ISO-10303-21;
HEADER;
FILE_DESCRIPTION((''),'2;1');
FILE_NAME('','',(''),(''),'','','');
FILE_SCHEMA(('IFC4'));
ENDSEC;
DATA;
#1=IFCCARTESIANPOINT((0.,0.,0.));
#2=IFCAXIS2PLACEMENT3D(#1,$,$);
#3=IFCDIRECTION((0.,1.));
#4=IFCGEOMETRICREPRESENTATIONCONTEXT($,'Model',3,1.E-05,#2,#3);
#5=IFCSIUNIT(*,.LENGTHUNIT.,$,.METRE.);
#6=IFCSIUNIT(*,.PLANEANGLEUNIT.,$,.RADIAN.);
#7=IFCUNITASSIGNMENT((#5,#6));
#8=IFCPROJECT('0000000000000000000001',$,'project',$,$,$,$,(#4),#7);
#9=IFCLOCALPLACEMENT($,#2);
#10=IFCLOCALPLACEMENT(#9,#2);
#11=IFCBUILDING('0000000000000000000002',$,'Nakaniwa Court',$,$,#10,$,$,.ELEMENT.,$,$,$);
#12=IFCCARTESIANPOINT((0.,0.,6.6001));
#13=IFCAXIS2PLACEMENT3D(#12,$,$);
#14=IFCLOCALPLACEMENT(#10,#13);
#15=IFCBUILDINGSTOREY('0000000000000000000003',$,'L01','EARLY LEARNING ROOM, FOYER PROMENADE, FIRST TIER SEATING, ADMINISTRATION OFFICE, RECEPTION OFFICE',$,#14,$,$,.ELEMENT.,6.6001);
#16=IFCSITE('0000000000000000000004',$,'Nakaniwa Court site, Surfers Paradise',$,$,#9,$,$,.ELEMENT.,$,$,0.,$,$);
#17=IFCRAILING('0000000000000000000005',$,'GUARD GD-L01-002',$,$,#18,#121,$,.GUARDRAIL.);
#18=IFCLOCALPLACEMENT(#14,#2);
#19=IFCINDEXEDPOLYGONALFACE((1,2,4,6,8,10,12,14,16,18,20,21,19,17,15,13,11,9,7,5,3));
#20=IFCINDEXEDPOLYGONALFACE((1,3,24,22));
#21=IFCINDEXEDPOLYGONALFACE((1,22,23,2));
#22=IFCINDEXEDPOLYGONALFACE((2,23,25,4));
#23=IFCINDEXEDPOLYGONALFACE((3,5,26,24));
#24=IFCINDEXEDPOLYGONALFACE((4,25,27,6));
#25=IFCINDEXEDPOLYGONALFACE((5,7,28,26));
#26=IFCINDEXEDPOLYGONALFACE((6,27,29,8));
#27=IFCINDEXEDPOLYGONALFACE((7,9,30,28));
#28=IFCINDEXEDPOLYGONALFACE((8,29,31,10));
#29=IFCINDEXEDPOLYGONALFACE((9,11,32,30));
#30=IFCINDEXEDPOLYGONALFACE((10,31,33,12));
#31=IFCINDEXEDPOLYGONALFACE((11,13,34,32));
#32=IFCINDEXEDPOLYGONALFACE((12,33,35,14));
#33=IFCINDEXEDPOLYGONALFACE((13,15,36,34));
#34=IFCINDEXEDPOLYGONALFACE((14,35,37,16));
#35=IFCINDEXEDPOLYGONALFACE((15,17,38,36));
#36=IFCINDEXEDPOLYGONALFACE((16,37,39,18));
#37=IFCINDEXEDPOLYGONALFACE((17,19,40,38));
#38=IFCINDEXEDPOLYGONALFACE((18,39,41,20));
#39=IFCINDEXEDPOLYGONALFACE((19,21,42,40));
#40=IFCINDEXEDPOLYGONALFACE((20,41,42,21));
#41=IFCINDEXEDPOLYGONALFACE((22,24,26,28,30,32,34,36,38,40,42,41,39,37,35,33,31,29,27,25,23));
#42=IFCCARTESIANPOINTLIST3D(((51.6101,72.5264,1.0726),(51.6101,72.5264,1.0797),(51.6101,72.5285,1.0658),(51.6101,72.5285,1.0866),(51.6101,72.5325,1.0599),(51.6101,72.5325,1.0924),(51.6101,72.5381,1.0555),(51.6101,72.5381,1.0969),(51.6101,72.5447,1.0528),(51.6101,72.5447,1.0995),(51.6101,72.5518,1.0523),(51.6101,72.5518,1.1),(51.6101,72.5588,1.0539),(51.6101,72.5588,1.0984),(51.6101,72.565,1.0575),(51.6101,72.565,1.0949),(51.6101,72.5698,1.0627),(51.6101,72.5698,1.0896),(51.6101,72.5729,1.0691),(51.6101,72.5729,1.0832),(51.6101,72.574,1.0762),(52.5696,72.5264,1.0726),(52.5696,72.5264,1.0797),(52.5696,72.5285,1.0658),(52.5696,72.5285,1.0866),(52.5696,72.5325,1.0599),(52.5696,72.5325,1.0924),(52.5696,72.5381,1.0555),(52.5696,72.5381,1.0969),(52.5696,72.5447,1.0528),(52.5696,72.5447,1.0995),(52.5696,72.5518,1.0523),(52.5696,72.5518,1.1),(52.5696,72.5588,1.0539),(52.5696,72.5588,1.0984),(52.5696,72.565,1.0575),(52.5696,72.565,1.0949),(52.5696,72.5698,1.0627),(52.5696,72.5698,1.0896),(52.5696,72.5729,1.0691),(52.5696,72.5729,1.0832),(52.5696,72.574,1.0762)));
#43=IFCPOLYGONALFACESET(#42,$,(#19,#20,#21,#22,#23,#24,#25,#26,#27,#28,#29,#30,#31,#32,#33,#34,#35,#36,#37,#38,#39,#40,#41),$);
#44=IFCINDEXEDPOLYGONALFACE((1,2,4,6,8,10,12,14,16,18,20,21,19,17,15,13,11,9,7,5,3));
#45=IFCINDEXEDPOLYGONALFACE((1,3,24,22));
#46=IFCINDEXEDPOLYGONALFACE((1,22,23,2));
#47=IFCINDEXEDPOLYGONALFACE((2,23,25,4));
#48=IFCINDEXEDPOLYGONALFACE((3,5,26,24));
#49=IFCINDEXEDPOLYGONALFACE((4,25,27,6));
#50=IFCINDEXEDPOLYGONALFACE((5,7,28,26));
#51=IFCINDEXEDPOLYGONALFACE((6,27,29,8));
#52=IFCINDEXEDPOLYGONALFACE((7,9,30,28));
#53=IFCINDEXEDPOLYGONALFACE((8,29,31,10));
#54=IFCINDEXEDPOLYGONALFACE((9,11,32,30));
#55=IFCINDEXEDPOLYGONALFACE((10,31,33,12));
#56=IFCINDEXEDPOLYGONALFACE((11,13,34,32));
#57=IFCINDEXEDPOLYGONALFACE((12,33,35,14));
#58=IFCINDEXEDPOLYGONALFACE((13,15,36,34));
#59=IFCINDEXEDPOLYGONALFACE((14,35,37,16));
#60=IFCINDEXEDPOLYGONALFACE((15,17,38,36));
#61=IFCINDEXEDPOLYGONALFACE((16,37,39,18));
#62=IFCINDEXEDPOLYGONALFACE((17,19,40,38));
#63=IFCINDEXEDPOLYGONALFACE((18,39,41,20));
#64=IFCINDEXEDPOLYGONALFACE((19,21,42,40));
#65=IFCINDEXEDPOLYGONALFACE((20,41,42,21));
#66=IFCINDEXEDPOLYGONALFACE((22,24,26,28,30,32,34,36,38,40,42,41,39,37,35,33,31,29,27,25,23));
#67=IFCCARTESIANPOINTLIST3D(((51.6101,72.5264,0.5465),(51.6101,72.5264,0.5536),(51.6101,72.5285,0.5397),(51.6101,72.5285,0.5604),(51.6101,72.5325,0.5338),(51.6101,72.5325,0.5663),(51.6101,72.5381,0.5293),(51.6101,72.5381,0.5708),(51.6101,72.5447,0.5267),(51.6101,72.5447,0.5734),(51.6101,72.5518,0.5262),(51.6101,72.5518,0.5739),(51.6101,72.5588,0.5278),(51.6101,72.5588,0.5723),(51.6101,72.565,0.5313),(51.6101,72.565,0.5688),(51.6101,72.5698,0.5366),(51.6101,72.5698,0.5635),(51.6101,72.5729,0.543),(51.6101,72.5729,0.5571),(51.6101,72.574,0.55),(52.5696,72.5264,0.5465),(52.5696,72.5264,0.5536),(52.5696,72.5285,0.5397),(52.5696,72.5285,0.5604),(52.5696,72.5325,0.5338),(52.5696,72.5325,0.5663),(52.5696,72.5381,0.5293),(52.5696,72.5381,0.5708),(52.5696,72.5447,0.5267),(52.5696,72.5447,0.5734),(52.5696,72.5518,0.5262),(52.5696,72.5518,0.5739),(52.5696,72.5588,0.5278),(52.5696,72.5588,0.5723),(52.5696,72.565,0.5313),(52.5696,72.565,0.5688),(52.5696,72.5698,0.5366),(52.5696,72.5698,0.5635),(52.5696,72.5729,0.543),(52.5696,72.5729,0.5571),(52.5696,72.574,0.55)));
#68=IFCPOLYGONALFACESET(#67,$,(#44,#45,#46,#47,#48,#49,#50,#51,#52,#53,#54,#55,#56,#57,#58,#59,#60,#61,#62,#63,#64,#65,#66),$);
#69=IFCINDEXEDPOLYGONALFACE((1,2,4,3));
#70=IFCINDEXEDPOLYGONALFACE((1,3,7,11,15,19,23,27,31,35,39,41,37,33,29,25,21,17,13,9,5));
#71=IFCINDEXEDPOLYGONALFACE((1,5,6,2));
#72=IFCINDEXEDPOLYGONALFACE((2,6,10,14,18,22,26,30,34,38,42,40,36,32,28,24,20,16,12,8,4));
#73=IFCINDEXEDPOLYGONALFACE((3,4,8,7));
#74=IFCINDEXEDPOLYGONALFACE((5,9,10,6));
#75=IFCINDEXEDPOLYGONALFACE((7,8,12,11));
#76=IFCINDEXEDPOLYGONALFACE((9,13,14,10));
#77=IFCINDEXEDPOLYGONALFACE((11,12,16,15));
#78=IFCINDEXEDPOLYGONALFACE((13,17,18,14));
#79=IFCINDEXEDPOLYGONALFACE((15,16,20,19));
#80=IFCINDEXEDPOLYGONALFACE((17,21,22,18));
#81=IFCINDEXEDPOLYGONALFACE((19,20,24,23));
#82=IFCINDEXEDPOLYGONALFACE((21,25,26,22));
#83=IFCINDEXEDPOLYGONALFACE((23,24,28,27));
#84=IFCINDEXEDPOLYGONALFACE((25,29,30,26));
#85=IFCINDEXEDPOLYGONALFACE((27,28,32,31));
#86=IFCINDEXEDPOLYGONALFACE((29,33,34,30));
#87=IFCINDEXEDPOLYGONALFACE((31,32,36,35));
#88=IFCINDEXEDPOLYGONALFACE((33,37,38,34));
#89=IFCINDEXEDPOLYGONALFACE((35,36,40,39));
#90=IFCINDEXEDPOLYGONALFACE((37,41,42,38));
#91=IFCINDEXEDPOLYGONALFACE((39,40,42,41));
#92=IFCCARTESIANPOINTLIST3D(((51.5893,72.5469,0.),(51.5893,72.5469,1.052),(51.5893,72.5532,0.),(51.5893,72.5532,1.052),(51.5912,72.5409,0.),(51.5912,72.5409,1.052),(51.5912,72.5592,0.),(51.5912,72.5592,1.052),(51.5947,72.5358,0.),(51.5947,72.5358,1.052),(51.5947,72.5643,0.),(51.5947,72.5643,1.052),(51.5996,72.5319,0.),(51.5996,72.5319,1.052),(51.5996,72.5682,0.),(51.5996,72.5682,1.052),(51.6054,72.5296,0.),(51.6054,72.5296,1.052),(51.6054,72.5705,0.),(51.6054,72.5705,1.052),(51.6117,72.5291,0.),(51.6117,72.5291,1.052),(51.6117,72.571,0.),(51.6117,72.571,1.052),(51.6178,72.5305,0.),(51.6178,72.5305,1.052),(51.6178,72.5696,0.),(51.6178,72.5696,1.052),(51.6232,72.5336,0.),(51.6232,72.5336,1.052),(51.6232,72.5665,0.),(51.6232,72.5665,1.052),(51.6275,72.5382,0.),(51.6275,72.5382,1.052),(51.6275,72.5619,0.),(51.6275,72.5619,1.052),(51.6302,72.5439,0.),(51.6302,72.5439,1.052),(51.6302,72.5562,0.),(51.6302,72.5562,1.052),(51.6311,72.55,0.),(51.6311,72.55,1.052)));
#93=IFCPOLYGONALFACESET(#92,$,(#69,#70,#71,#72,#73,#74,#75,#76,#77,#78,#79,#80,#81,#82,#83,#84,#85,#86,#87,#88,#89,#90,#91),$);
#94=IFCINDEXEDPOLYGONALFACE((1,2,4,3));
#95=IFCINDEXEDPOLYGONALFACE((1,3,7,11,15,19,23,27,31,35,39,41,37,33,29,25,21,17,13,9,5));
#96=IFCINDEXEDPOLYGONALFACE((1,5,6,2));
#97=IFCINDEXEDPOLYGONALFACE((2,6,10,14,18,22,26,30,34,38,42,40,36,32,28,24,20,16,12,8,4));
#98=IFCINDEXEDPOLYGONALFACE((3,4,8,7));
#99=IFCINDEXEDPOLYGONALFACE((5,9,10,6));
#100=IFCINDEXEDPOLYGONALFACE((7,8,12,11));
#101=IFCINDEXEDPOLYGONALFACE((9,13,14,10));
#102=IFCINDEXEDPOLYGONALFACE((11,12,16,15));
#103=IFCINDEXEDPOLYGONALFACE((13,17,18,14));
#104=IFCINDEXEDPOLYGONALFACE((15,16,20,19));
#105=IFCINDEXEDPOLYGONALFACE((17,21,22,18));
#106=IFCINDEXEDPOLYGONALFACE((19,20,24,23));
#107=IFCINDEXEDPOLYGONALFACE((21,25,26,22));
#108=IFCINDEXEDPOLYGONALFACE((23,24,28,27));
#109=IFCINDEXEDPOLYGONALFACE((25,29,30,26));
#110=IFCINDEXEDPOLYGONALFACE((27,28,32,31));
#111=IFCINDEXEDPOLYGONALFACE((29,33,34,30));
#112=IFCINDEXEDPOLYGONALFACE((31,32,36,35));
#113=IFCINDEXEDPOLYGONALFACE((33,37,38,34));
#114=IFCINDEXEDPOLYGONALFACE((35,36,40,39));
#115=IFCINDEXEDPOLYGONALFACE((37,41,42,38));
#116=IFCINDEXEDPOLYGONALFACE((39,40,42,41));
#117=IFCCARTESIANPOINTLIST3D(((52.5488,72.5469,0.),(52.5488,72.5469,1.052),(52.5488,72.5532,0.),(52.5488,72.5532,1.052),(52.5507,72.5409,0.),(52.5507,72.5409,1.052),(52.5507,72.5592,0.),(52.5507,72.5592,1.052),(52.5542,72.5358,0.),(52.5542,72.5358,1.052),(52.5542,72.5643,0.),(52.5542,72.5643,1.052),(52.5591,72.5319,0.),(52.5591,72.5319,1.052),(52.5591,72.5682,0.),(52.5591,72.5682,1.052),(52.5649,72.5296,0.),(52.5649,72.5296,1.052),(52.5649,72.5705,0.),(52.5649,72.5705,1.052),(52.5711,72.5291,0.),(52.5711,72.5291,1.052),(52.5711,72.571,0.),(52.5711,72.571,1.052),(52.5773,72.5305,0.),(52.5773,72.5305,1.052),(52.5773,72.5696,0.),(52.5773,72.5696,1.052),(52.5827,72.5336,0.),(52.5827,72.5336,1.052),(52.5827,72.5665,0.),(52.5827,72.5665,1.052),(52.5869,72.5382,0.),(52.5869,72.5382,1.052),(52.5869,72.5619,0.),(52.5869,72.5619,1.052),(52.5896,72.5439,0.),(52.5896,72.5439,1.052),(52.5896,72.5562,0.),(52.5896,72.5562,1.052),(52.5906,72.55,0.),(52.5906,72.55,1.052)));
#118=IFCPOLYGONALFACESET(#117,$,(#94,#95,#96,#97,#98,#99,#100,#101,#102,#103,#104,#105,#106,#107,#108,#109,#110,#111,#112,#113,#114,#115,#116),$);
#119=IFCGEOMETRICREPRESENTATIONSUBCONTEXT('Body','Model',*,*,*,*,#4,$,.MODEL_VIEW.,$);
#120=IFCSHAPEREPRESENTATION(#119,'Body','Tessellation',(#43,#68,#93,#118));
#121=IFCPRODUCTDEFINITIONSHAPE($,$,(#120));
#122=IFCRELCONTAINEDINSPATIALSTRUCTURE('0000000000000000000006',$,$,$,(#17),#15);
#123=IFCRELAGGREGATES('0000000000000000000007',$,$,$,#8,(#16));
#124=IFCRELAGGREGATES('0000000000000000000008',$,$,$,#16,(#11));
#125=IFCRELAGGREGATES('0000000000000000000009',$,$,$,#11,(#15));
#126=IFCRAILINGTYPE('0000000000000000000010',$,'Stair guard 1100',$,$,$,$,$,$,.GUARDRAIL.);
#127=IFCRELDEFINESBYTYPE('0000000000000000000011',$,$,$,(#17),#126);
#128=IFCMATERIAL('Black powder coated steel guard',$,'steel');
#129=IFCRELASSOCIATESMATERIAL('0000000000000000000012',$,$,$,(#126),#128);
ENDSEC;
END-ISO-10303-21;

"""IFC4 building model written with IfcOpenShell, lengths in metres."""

from ifc_helpers import new_model, si_unit, direction, frame, origin, origin_2d, place, context, subcontext, project, spatial, circle, extrude, material, type_object, element, save


model = new_model("IFC4")

# Units and contexts
model_context = context("Model", 3, precision=1e-05, world=origin(), true_north=direction((0.0, 1.0)))
body_context = subcontext(model_context, "Body", "Model", "MODEL_VIEW")
ifc_project = project(units=[si_unit("LENGTHUNIT", "METRE"), si_unit("PLANEANGLEUNIT", "RADIAN")], contexts=[model_context])

# Site, building, storey
site_placement = place(None, origin())
site = spatial("IfcSite", under=ifc_project, at=site_placement, Name="Nakaniwa Court site, Surfers Paradise", CompositionType="ELEMENT", RefElevation=0.0)
building_placement = place(site_placement, origin())
building = spatial("IfcBuilding", under=site, at=building_placement, Name="Nakaniwa Court", CompositionType="ELEMENT")
storey_placement = place(building_placement, frame((0.0, 0.0, 6.6001)))
storey = spatial("IfcBuildingStorey", under=building, at=storey_placement, Name="L01", Description="EARLY LEARNING ROOM, FOYER PROMENADE, FIRST TIER SEATING, ADMINISTRATION OFFICE, RECEPTION OFFICE", CompositionType="ELEMENT", Elevation=6.6001)

# Railing
ifc_material_1 = material(Name="Black powder coated steel guard", Category="steel")
railing_type = type_object("IfcRailingType", Name="Stair guard 1100", PredefinedType="GUARDRAIL", material=ifc_material_1)
railing_1_placement = place(storey_placement, frame((51.6101, 72.55, 0.0)))
element("IfcRailing", 1, at=railing_1_placement, inside=storey, type_object=railing_type, Name="GUARD GD-L01-002", PredefinedType="GUARDRAIL", context=body_context, shape_type="SweptSolid", body=[
    extrude(circle(Radius=0.0239, at=origin_2d()), frame((0.0, 0.0, 1.0762), z_axis=(1.0, 0.0, 0.0), x_axis=(0.0, 1.0, 0.0)), (0.0, 0.0, 1.0), 0.9595),
    extrude(circle(Radius=0.0239, at=origin_2d()), frame((0.0, 0.0, 0.55), z_axis=(1.0, 0.0, 0.0), x_axis=(0.0, 1.0, 0.0)), (0.0, 0.0, 1.0), 0.9595),
    extrude(circle(Radius=0.021, at=origin_2d()), origin(), (0.0, 0.0, 1.0), 1.052),
    extrude(circle(Radius=0.021, at=origin_2d()), frame((0.9595, 0.0, 0.0)), (0.0, 0.0, 1.0), 1.052),
])

save(model, "model.ifc")
